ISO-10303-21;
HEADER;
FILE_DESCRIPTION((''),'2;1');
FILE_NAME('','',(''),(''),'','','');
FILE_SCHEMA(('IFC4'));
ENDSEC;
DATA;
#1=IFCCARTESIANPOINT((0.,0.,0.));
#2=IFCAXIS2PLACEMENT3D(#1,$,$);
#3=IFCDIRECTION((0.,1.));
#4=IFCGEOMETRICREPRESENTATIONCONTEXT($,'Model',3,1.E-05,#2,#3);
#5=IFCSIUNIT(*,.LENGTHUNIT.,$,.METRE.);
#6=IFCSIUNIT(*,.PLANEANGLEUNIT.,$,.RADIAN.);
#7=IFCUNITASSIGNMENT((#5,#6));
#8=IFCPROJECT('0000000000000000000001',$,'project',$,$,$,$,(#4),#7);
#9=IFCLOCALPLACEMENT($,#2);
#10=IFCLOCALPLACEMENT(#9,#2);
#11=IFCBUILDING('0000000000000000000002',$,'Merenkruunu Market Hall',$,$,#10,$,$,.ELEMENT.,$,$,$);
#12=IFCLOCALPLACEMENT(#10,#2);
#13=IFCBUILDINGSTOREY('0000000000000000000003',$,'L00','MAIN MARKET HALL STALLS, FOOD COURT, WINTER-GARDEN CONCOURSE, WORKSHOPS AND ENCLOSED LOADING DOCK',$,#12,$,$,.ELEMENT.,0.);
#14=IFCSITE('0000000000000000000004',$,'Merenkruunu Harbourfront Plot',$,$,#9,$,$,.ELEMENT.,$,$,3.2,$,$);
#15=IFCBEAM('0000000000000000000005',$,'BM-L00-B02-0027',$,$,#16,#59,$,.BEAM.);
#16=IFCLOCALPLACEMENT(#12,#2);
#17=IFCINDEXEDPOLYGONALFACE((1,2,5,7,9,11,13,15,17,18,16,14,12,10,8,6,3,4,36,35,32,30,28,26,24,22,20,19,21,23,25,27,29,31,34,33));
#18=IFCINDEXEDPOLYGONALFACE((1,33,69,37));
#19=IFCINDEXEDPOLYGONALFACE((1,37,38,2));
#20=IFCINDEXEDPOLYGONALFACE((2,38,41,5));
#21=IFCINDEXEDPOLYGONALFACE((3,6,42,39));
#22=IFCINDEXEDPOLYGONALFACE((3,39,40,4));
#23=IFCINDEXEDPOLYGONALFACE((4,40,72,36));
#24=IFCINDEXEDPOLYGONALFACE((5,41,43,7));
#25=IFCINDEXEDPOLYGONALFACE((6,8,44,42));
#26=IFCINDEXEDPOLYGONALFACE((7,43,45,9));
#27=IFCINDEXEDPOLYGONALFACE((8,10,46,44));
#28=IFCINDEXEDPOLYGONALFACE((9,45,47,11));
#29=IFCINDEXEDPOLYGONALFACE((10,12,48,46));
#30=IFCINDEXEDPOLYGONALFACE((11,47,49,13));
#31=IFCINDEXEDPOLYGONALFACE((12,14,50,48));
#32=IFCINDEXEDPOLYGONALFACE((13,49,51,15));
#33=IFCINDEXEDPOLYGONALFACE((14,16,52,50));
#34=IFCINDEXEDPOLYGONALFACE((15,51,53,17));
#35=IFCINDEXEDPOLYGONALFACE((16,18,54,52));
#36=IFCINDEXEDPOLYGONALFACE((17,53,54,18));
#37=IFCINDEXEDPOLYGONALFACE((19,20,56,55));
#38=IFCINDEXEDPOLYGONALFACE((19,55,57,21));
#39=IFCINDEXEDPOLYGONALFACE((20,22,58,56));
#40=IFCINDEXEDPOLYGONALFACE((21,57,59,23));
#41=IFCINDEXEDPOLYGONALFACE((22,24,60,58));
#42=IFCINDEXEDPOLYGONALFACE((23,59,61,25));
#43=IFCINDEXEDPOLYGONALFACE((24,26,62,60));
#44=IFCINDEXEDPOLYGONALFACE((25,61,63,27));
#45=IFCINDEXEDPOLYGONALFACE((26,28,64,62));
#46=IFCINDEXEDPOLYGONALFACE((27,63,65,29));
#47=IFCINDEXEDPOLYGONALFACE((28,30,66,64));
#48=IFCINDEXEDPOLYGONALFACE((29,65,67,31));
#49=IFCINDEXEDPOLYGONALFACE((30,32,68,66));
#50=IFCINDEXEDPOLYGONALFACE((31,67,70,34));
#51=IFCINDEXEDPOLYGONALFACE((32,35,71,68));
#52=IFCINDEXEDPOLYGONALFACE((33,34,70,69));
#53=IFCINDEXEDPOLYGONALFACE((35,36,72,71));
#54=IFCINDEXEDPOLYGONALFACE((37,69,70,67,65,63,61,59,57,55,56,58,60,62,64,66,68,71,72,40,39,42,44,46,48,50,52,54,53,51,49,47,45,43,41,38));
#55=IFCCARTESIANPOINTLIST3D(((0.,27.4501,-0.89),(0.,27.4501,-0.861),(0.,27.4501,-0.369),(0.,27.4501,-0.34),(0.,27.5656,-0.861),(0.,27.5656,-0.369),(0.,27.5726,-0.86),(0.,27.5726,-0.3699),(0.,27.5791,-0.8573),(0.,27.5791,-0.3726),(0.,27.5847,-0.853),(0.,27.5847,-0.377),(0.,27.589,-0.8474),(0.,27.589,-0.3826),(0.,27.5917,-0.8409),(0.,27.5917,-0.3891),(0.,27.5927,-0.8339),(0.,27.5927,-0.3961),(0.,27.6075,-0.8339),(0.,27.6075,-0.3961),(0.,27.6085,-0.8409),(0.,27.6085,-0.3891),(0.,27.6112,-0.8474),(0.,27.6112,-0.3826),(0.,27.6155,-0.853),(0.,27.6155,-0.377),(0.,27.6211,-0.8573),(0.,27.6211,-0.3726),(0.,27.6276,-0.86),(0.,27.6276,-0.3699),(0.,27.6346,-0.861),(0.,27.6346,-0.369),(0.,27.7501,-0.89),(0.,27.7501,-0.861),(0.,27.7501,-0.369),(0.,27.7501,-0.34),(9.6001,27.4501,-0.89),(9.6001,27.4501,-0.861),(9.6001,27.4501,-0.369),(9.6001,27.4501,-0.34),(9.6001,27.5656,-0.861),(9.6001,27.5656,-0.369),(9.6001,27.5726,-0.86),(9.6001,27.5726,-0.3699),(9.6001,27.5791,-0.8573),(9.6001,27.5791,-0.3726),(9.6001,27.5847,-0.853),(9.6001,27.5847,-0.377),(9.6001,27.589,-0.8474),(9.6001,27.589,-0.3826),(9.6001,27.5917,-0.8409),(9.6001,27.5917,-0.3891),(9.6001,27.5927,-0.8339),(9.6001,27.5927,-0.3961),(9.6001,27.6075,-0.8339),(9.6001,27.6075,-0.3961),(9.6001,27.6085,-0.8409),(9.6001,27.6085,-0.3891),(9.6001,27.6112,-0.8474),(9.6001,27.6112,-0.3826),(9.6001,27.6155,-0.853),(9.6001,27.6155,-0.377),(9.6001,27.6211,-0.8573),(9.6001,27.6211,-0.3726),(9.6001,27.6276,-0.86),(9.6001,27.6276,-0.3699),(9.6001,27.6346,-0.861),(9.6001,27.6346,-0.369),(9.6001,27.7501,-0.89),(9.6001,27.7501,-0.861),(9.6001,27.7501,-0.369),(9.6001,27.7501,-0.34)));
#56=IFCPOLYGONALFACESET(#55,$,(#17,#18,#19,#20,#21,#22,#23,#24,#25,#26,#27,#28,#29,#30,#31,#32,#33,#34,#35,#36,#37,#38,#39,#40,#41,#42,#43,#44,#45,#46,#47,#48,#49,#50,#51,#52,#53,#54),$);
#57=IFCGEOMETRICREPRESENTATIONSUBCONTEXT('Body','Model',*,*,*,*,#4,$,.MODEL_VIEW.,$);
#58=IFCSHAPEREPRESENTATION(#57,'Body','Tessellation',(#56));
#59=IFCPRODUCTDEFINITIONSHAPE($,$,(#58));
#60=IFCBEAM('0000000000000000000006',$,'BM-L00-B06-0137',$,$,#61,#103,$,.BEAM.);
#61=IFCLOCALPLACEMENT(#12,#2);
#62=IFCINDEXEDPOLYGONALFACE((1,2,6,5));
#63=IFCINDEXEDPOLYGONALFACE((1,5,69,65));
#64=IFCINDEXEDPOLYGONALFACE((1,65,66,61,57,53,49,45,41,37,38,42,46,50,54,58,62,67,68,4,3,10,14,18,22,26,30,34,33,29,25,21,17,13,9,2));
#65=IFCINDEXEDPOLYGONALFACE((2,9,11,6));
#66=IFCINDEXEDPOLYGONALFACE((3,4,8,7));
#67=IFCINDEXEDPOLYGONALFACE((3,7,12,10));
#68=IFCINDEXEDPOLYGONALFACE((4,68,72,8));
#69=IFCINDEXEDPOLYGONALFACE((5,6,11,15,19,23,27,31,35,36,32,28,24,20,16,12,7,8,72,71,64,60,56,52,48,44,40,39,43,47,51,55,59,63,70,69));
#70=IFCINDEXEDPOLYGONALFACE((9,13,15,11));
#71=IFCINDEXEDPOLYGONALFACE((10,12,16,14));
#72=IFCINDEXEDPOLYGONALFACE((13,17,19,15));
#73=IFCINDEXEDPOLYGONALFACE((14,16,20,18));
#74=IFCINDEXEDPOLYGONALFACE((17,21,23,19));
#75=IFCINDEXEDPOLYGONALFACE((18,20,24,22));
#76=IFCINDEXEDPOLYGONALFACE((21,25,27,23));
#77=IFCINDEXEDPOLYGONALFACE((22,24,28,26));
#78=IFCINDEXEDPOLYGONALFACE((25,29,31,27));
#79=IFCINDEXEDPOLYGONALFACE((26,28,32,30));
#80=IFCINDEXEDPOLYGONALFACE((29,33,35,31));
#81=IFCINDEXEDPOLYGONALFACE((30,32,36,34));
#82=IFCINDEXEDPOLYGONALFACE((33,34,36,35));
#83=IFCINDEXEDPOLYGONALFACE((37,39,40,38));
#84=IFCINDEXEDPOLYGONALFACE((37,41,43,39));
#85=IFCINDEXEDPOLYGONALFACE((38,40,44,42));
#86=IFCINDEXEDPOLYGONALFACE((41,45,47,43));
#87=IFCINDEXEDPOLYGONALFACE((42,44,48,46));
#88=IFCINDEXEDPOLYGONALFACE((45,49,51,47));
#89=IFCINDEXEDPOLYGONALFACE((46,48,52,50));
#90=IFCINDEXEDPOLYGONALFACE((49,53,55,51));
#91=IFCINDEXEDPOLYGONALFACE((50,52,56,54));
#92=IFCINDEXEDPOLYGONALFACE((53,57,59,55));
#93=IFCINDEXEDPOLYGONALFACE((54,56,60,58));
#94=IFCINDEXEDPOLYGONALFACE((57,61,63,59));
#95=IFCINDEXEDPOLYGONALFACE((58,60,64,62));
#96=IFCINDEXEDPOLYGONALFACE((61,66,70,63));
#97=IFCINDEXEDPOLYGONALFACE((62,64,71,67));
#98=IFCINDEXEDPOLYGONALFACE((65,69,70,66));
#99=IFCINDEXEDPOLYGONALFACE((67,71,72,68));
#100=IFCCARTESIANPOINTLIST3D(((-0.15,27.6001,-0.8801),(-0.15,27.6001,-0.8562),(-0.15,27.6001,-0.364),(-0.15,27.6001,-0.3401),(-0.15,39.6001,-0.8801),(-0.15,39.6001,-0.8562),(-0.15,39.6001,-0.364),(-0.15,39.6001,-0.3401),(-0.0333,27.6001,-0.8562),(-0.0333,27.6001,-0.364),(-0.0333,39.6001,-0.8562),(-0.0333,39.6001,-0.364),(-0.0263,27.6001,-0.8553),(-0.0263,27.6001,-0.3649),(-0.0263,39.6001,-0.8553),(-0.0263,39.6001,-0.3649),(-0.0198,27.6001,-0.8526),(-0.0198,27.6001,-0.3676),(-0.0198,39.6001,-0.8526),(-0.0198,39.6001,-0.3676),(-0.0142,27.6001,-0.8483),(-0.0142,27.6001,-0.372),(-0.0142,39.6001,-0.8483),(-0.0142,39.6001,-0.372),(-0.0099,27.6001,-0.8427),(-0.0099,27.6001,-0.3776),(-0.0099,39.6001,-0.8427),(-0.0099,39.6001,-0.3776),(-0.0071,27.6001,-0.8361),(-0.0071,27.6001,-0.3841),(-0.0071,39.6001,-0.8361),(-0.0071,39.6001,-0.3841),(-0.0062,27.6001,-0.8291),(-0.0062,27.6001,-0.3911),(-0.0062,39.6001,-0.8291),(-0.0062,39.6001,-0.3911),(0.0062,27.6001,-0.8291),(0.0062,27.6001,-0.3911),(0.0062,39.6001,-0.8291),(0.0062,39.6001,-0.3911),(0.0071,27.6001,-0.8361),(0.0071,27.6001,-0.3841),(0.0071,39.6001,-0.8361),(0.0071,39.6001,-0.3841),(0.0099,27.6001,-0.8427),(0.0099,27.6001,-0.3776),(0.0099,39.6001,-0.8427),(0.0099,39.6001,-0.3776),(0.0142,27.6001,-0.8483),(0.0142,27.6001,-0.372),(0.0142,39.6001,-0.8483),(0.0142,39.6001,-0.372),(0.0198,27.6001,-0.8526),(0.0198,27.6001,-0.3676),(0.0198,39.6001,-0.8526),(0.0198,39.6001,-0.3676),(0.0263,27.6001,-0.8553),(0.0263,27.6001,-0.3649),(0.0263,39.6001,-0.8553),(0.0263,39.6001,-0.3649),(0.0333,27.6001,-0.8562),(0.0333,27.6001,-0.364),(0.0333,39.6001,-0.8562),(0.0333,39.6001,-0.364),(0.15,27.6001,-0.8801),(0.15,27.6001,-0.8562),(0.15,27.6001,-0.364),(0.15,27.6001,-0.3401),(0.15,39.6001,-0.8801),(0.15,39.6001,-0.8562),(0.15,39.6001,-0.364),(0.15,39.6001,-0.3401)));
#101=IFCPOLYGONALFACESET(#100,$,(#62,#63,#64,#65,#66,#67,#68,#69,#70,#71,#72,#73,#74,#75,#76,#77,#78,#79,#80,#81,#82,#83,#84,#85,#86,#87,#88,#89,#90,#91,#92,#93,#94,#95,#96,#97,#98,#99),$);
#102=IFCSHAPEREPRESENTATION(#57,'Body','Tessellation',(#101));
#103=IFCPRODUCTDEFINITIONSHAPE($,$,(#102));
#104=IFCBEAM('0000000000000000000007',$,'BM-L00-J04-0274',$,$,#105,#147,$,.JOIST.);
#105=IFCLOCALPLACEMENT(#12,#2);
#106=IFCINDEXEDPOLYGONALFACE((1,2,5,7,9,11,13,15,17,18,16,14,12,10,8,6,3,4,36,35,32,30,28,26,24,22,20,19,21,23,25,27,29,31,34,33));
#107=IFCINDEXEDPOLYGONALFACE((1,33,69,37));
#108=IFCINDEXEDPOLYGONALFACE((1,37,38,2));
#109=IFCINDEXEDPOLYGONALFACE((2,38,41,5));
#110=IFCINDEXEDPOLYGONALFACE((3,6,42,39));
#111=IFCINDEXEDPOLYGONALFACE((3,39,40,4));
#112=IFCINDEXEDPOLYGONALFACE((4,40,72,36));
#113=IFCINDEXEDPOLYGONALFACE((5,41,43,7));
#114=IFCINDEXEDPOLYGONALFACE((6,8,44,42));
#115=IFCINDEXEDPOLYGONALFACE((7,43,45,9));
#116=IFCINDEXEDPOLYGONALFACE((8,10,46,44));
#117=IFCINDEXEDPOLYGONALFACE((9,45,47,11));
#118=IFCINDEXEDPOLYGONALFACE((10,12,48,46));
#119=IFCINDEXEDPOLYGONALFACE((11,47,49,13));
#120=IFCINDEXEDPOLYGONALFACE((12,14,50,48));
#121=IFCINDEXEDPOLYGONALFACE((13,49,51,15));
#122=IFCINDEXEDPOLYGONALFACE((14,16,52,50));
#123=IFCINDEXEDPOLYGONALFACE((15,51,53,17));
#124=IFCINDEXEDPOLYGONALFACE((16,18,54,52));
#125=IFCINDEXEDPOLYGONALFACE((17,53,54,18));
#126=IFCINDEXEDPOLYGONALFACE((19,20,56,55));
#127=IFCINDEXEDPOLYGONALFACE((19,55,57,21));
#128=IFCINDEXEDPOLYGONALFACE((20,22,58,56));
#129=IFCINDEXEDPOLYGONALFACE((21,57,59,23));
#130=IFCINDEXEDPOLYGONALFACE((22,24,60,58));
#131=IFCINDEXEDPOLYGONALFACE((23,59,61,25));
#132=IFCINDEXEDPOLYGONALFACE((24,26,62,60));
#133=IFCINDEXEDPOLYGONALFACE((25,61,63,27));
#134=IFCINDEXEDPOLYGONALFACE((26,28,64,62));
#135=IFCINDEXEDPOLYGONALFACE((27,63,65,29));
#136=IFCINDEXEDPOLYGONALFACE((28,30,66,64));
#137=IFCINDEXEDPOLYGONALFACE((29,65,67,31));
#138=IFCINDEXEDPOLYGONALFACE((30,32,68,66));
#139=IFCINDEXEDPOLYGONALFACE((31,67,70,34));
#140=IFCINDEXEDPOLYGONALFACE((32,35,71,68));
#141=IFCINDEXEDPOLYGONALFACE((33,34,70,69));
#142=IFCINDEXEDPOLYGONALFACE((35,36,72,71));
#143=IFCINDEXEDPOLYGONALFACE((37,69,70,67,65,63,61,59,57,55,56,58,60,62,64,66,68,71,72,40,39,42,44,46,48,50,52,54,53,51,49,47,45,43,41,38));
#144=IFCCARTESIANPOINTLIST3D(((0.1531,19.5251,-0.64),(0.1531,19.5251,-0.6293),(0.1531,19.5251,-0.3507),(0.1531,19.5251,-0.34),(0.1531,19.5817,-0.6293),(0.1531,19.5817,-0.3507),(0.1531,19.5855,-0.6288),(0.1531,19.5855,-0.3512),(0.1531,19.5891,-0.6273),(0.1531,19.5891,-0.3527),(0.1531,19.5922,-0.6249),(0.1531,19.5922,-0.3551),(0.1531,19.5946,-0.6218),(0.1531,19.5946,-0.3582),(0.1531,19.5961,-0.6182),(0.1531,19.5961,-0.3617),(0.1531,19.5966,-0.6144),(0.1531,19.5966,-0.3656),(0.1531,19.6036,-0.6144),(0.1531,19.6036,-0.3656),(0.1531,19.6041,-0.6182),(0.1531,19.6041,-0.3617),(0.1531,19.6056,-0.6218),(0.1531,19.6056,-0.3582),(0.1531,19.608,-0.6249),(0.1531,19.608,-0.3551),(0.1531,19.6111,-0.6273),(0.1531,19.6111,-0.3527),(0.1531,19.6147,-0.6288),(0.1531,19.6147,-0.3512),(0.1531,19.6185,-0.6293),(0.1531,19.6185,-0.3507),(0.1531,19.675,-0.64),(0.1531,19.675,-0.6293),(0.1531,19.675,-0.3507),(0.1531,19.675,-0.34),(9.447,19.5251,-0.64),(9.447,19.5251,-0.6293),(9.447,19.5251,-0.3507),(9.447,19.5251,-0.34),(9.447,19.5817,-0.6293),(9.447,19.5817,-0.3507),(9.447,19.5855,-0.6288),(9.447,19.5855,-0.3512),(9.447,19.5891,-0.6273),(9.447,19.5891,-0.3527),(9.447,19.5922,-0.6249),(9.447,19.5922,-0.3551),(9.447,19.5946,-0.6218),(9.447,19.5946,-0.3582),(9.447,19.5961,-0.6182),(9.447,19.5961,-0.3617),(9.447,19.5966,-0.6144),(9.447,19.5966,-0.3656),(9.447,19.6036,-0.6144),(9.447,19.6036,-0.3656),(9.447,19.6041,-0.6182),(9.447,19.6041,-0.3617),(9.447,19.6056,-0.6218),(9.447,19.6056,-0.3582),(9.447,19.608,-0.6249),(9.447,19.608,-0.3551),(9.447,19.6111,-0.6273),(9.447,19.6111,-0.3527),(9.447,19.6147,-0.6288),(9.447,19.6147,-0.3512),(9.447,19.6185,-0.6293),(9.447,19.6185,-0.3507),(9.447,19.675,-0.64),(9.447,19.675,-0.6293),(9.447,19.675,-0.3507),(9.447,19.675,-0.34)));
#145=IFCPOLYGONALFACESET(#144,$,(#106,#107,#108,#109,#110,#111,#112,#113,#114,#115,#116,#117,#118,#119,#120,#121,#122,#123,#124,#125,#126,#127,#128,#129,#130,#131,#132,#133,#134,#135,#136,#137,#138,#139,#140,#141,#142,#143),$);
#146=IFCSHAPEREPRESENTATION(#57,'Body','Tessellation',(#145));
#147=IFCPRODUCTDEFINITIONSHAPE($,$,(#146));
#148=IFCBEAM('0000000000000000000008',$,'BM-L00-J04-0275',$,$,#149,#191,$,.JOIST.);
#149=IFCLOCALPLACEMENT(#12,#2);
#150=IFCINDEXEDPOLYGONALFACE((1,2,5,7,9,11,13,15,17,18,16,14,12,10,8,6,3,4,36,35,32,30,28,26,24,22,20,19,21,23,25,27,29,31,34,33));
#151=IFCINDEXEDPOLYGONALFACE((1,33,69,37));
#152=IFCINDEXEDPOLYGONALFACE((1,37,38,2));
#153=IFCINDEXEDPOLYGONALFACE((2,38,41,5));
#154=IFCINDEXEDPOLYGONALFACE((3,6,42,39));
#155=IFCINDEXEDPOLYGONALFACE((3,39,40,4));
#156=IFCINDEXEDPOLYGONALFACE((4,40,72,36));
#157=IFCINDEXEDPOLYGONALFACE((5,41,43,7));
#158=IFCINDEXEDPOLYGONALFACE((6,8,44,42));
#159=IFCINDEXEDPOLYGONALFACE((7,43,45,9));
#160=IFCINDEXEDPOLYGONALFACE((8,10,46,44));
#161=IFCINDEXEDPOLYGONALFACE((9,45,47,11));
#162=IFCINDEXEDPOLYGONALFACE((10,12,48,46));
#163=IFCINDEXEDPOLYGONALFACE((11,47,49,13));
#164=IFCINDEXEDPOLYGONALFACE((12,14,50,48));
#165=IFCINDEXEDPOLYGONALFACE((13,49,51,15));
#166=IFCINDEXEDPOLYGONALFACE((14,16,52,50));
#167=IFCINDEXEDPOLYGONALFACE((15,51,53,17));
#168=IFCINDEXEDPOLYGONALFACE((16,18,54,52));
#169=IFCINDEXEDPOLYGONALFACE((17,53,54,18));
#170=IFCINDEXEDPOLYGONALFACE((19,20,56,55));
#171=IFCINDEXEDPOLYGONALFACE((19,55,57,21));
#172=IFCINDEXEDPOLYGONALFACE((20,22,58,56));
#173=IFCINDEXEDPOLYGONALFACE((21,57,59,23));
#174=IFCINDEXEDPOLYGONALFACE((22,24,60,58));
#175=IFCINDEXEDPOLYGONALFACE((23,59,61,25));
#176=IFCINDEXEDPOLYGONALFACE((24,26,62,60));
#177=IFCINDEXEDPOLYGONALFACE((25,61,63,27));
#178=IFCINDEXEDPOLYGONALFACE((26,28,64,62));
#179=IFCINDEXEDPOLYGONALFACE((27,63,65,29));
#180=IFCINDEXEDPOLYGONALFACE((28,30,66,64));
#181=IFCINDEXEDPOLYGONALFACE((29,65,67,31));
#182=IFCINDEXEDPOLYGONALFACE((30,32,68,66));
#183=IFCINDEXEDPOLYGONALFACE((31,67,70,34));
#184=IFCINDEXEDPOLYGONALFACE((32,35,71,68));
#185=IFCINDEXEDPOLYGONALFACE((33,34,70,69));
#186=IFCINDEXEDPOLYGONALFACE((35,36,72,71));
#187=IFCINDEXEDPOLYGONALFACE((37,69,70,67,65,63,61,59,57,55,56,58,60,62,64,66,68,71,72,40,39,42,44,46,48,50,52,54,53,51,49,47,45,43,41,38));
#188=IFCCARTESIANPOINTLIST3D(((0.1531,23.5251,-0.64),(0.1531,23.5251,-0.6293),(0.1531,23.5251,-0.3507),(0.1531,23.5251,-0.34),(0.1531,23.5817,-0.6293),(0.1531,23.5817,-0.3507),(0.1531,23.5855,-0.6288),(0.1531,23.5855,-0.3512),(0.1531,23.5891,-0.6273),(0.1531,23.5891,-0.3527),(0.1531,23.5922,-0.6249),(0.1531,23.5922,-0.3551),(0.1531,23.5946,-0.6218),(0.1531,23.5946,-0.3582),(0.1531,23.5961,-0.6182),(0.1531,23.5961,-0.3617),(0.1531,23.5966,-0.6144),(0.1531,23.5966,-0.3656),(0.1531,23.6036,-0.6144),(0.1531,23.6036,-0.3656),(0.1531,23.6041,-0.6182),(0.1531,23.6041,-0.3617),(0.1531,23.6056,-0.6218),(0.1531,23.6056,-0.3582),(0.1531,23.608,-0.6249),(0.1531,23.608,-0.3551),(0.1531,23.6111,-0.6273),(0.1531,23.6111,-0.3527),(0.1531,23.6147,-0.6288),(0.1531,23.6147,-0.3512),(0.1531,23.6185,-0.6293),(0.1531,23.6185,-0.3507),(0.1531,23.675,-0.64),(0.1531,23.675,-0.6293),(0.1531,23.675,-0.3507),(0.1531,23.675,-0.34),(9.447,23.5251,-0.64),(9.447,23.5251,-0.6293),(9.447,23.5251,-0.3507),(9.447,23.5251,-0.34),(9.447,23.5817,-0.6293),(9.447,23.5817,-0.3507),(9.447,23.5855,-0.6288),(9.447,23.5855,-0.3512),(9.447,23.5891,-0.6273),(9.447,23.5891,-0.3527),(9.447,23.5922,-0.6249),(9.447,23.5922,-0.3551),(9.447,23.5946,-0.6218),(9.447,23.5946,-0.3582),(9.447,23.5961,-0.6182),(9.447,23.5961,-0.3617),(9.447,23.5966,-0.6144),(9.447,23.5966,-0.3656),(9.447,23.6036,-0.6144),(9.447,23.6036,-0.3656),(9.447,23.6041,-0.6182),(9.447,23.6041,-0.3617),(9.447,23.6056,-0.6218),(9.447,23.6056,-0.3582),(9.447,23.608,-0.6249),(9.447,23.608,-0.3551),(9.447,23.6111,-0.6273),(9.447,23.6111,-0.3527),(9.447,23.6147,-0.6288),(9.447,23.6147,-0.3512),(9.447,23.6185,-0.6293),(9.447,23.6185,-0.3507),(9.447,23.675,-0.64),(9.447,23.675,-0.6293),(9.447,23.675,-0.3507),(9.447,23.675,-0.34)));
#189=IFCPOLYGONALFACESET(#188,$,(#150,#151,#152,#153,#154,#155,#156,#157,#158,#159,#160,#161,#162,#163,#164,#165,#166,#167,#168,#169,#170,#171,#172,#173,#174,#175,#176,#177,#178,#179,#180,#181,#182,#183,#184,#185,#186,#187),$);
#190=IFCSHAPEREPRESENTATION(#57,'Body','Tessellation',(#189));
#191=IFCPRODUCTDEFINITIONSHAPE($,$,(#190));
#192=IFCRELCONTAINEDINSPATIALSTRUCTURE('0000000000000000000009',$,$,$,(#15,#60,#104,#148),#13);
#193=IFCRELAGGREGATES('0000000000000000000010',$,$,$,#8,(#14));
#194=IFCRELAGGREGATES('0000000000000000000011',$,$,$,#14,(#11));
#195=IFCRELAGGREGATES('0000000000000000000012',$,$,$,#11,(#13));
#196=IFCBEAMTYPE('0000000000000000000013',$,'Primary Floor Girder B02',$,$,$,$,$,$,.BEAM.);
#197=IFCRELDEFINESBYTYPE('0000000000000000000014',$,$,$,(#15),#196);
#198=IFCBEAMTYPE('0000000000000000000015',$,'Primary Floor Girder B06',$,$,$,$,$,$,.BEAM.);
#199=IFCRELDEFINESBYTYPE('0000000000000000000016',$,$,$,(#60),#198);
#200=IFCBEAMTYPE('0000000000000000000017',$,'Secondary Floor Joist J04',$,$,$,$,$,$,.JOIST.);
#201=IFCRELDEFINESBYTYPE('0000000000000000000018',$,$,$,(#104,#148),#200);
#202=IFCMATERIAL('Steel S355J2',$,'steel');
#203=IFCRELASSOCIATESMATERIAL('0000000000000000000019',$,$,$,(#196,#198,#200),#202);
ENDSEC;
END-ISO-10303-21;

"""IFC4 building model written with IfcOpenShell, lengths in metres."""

from ifc_helpers import new_model, si_unit, direction, frame, origin, origin_2d, place, context, subcontext, project, spatial, i_section, extrude, material, material_profile, profile_set, type_object, element, save


model = new_model("IFC4")

# Units and contexts
model_context = context("Model", 3, precision=1e-05, world=origin(), true_north=direction((0.0, 1.0)))
body_context = subcontext(model_context, "Body", "Model", "MODEL_VIEW")
ifc_project = project(units=[si_unit("LENGTHUNIT", "METRE"), si_unit("PLANEANGLEUNIT", "RADIAN")], contexts=[model_context])

# Site, building, storey
site_placement = place(None, origin())
site = spatial("IfcSite", under=ifc_project, at=site_placement, Name="Merenkruunu Harbourfront Plot", CompositionType="ELEMENT", RefElevation=3.2)
building_placement = place(site_placement, origin())
building = spatial("IfcBuilding", under=site, at=building_placement, Name="Merenkruunu Market Hall", CompositionType="ELEMENT")
storey_placement = place(building_placement, origin())
storey = spatial("IfcBuildingStorey", under=building, at=storey_placement, Name="L00", Description="MAIN MARKET HALL STALLS, FOOD COURT, WINTER-GARDEN CONCOURSE, WORKSHOPS AND ENCLOSED LOADING DOCK", CompositionType="ELEMENT", Elevation=0.0)

# Beams
ifc_material_1 = material(Name="Steel S355J2", Category="steel")
ifc_material_profile_1 = material_profile(ifc_material_1, i_section(OverallWidth=0.3, OverallDepth=0.55, WebThickness=0.0149, FlangeThickness=0.0291, FilletRadius=0.0271, at=origin_2d()), Name="HEB 550")
ifc_profile_set_1 = profile_set([ifc_material_profile_1], Name="Steel S355J2")
beam_type_1 = type_object("IfcBeamType", Name="Primary Floor Girder B02", PredefinedType="BEAM", material=ifc_profile_set_1)
beam_1_placement = place(storey_placement, frame((0.0, 27.6001, -0.615), z_axis=(1.0, 0.0, 0.0), x_axis=(0.0, 1.0, 0.0)))
element("IfcBeam", 1, at=beam_1_placement, inside=storey, type_object=beam_type_1, Name="BM-L00-B02-0027", PredefinedType="BEAM", context=body_context, shape_type="SweptSolid", body=[
    extrude(i_section(OverallWidth=0.3, OverallDepth=0.55, WebThickness=0.0149, FlangeThickness=0.0291, FilletRadius=0.0271, at=origin_2d()), origin(), (0.0, 0.0, 1.0), 9.6001),
])
ifc_material_profile_2 = material_profile(ifc_material_1, i_section(OverallWidth=0.3, OverallDepth=0.54, WebThickness=0.0125, FlangeThickness=0.0239, FilletRadius=0.0271, at=origin_2d()), Name="HEA 550")
ifc_profile_set_2 = profile_set([ifc_material_profile_2], Name="Steel S355J2")
beam_type_2 = type_object("IfcBeamType", Name="Primary Floor Girder B06", PredefinedType="BEAM", material=ifc_profile_set_2)
beam_2_placement = place(storey_placement, frame((0.0, 27.6001, -0.6101), z_axis=(0.0, 1.0, 0.0), x_axis=(-1.0, 0.0, 0.0)))
element("IfcBeam", 2, at=beam_2_placement, inside=storey, type_object=beam_type_2, Name="BM-L00-B06-0137", PredefinedType="BEAM", context=body_context, shape_type="SweptSolid", body=[
    extrude(i_section(OverallWidth=0.3, OverallDepth=0.54, WebThickness=0.0125, FlangeThickness=0.0239, FilletRadius=0.0271, at=origin_2d()), origin(), (0.0, 0.0, 1.0), 12.0),
])
ifc_material_profile_3 = material_profile(ifc_material_1, i_section(OverallWidth=0.1499, OverallDepth=0.3, WebThickness=0.0071, FlangeThickness=0.0107, FilletRadius=0.0149, at=origin_2d()), Name="IPE 300")
ifc_profile_set_3 = profile_set([ifc_material_profile_3], Name="Steel S355J2")
beam_type_3 = type_object("IfcBeamType", Name="Secondary Floor Joist J04", PredefinedType="JOIST", material=ifc_profile_set_3)
for number, where, z_axis, x_axis, name in (
    (3, (0.1531, 19.6001, -0.49), (1.0, 0.0, 0.0), (0.0, 1.0, 0.0), "BM-L00-J04-0274"),
    (4, (0.1531, 23.6001, -0.49), (1.0, 0.0, 0.0), (0.0, 1.0, 0.0), "BM-L00-J04-0275"),
):
    element("IfcBeam", number, at=place(storey_placement, frame(where, z_axis=z_axis, x_axis=x_axis)), inside=storey, type_object=beam_type_3, Name=name, PredefinedType="JOIST", context=body_context, shape_type="SweptSolid", body=[
        extrude(i_section(OverallWidth=0.1499, OverallDepth=0.3, WebThickness=0.0071, FlangeThickness=0.0107, FilletRadius=0.0149, at=origin_2d()), origin(), (0.0, 0.0, 1.0), 9.2939),
    ])

save(model, "model.ifc")
